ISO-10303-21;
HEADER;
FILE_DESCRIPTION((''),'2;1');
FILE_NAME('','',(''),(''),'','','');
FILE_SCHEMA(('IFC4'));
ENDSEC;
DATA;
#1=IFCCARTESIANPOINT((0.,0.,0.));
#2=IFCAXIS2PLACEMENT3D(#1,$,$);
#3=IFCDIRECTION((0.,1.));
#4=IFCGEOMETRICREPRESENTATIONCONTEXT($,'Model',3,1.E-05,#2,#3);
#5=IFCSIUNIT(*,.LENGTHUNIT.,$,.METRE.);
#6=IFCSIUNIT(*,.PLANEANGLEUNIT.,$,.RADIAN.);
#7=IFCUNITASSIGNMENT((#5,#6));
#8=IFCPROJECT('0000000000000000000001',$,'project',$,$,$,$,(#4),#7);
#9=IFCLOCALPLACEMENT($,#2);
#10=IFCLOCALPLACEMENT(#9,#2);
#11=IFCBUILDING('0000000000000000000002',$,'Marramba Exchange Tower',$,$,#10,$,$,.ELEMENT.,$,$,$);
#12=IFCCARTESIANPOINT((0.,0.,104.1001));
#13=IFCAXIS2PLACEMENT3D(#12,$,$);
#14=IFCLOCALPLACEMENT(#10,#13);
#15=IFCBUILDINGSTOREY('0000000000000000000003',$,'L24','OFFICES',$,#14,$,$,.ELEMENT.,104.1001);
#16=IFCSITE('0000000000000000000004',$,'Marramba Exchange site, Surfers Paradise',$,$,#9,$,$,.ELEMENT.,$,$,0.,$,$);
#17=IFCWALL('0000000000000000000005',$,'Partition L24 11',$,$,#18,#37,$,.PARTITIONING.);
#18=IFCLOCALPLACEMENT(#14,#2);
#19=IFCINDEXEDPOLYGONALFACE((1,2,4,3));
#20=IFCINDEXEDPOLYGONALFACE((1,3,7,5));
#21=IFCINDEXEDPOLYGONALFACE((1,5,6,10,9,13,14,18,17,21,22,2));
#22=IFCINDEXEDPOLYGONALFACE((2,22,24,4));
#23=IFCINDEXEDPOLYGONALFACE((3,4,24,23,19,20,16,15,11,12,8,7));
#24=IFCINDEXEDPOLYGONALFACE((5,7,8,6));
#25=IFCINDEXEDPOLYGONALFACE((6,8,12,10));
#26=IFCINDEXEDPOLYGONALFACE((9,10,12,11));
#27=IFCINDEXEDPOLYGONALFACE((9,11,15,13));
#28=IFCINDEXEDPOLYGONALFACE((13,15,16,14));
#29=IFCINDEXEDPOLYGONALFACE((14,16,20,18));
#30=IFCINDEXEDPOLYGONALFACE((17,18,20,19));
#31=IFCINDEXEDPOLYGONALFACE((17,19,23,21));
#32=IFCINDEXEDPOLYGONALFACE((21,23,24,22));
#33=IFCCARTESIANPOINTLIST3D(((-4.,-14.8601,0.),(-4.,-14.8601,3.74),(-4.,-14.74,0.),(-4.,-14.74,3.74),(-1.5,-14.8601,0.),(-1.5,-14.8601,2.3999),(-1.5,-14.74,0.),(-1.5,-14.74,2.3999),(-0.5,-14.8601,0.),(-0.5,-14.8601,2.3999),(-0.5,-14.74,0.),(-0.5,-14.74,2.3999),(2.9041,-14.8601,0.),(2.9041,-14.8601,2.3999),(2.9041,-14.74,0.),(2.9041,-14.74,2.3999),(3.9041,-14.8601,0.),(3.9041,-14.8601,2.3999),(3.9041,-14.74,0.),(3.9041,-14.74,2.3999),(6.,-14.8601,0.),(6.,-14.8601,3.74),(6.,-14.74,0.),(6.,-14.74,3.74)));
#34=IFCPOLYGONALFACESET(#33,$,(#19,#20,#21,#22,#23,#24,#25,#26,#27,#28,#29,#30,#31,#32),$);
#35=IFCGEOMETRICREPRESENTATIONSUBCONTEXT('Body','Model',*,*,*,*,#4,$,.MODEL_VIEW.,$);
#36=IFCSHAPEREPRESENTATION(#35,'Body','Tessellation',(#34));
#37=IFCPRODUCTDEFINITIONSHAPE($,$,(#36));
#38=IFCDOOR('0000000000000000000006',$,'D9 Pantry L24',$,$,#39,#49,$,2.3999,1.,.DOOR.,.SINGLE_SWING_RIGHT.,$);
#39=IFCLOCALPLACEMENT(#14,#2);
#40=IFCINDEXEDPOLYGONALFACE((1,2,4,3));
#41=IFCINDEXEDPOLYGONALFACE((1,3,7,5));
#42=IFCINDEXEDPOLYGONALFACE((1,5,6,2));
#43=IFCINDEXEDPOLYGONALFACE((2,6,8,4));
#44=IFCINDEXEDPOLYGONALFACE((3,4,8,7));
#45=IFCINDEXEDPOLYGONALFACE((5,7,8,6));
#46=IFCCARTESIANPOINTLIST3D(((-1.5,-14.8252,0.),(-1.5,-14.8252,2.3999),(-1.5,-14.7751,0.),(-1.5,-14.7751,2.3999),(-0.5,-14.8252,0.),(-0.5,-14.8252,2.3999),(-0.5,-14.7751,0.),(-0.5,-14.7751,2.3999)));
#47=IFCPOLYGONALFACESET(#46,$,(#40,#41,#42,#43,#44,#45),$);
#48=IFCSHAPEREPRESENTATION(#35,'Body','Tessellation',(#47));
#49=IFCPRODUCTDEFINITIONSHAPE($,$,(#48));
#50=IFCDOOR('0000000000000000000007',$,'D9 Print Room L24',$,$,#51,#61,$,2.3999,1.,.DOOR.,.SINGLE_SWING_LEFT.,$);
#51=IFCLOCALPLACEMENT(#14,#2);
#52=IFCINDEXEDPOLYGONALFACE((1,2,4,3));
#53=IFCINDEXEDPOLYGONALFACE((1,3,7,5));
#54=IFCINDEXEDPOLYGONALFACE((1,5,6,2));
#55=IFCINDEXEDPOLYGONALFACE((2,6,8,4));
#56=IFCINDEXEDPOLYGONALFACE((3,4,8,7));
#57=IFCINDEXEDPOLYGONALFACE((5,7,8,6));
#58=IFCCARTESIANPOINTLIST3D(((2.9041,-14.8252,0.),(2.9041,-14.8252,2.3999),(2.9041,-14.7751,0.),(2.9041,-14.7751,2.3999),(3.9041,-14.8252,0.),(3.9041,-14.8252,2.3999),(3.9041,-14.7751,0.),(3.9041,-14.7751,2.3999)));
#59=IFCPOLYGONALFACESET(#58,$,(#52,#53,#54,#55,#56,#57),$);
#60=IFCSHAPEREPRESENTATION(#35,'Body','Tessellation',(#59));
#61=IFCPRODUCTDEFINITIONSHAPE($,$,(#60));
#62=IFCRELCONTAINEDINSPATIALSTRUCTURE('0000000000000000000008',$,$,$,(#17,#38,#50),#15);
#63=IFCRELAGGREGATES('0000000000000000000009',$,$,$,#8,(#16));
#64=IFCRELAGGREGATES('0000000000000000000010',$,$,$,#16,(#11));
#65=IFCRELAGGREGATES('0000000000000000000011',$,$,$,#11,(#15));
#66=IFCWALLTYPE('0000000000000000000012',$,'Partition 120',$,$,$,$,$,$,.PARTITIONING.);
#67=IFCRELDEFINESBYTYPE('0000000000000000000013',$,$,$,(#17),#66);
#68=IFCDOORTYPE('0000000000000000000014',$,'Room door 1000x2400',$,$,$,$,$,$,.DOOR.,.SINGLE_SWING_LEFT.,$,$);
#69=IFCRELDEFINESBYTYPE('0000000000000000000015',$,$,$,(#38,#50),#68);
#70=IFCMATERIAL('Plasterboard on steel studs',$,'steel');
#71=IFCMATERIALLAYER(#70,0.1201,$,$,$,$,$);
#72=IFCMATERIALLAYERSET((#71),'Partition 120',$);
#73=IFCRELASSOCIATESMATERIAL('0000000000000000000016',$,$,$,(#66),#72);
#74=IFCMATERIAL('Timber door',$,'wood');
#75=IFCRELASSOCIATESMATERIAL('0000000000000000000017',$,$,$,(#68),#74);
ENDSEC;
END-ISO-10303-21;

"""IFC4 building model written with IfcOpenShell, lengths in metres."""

from ifc_helpers import new_model, si_unit, direction, frame, frame_2d, origin, place, context, subcontext, project, spatial, rectangle, extrude, material, layer, layer_set, type_object, element, fill, save


model = new_model("IFC4")

# Units and contexts
model_context = context("Model", 3, precision=1e-05, world=origin(), true_north=direction((0.0, 1.0)))
body_context = subcontext(model_context, "Body", "Model", "MODEL_VIEW")
ifc_project = project(units=[si_unit("LENGTHUNIT", "METRE"), si_unit("PLANEANGLEUNIT", "RADIAN")], contexts=[model_context])

# Site, building, storey
site_placement = place(None, origin())
site = spatial("IfcSite", under=ifc_project, at=site_placement, Name="Marramba Exchange site, Surfers Paradise", CompositionType="ELEMENT", RefElevation=0.0)
building_placement = place(site_placement, origin())
building = spatial("IfcBuilding", under=site, at=building_placement, Name="Marramba Exchange Tower", CompositionType="ELEMENT")
storey_placement = place(building_placement, frame((0.0, 0.0, 104.1001)))
storey = spatial("IfcBuildingStorey", under=building, at=storey_placement, Name="L24", Description="OFFICES", CompositionType="ELEMENT", Elevation=104.1001)

# Shared definitions
ifc_material_1 = material(Name="Plasterboard on steel studs", Category="steel")
ifc_layer_1 = layer(ifc_material_1, 0.1201)
ifc_layer_set_1 = layer_set([ifc_layer_1], Name="Partition 120")
wall_type_1 = type_object("IfcWallType", Name="Partition 120", PredefinedType="PARTITIONING", material=ifc_layer_set_1)

# Wall, openings, doors
wall_1_placement = place(storey_placement, frame((-4.0, -14.8, 0.0), z_axis=(0.0, 0.0, 1.0), x_axis=(1.0, 0.0, 0.0)))
wall_1 = element("IfcWall", 1, at=wall_1_placement, inside=storey, type_object=wall_type_1, Name="Partition L24 11", PredefinedType="PARTITIONING", context=body_context, shape_type="SweptSolid", body=[
    extrude(rectangle(XDim=10.0, YDim=0.1201, at=frame_2d((5.0, 0.0))), origin(), (0.0, 0.0, 1.0), 3.74),
])
opening_1_placement = place(wall_1_placement, frame((2.5, 0.0, 0.0)))
opening_1 = element("IfcOpeningElement", 2, at=opening_1_placement, cuts=wall_1, PredefinedType="OPENING", context=body_context, shape_type="SweptSolid", body=[
    extrude(rectangle(XDim=1.0, YDim=2.3999, at=frame_2d((0.5, 1.2))), frame((0.0, 0.0701, 0.0), z_axis=(0.0, -1.0, 0.0), x_axis=(1.0, 0.0, 0.0)), (0.0, 0.0, 1.0), 0.1401),
])
opening_2_placement = place(wall_1_placement, frame((6.9041, 0.0, 0.0)))
opening_2 = element("IfcOpeningElement", 3, at=opening_2_placement, cuts=wall_1, PredefinedType="OPENING", context=body_context, shape_type="SweptSolid", body=[
    extrude(rectangle(XDim=1.0, YDim=2.3999, at=frame_2d((0.5, 1.2))), frame((0.0, 0.0701, 0.0), z_axis=(0.0, -1.0, 0.0), x_axis=(1.0, 0.0, 0.0)), (0.0, 0.0, 1.0), 0.1401),
])
ifc_material_2 = material(Name="Timber door", Category="wood")
door_type_1 = type_object("IfcDoorType", Name="Room door 1000x2400", OperationType="SINGLE_SWING_LEFT", PredefinedType="DOOR", material=ifc_material_2)
door_1_placement = place(opening_1_placement, origin())
door_1 = element("IfcDoor", 4, at=door_1_placement, inside=storey, type_object=door_type_1, Name="D9 Pantry L24", OperationType="SINGLE_SWING_RIGHT", OverallHeight=2.3999, OverallWidth=1.0, PredefinedType="DOOR", context=body_context, shape_type="SweptSolid", body=[
    extrude(rectangle(XDim=1.0, YDim=2.3999, at=frame_2d((0.5, 1.2))), frame((0.0, 0.0249, 0.0), z_axis=(0.0, -1.0, 0.0), x_axis=(1.0, 0.0, 0.0)), (0.0, 0.0, 1.0), 0.05),
])
fill(opening_1, door_1)
door_2_placement = place(opening_2_placement, origin())
door_2 = element("IfcDoor", 5, at=door_2_placement, inside=storey, type_object=door_type_1, Name="D9 Print Room L24", OperationType="SINGLE_SWING_LEFT", OverallHeight=2.3999, OverallWidth=1.0, PredefinedType="DOOR", context=body_context, shape_type="SweptSolid", body=[
    extrude(rectangle(XDim=1.0, YDim=2.3999, at=frame_2d((0.5, 1.2))), frame((0.0, 0.0249, 0.0), z_axis=(0.0, -1.0, 0.0), x_axis=(1.0, 0.0, 0.0)), (0.0, 0.0, 1.0), 0.05),
])
fill(opening_2, door_2)

save(model, "model.ifc")
